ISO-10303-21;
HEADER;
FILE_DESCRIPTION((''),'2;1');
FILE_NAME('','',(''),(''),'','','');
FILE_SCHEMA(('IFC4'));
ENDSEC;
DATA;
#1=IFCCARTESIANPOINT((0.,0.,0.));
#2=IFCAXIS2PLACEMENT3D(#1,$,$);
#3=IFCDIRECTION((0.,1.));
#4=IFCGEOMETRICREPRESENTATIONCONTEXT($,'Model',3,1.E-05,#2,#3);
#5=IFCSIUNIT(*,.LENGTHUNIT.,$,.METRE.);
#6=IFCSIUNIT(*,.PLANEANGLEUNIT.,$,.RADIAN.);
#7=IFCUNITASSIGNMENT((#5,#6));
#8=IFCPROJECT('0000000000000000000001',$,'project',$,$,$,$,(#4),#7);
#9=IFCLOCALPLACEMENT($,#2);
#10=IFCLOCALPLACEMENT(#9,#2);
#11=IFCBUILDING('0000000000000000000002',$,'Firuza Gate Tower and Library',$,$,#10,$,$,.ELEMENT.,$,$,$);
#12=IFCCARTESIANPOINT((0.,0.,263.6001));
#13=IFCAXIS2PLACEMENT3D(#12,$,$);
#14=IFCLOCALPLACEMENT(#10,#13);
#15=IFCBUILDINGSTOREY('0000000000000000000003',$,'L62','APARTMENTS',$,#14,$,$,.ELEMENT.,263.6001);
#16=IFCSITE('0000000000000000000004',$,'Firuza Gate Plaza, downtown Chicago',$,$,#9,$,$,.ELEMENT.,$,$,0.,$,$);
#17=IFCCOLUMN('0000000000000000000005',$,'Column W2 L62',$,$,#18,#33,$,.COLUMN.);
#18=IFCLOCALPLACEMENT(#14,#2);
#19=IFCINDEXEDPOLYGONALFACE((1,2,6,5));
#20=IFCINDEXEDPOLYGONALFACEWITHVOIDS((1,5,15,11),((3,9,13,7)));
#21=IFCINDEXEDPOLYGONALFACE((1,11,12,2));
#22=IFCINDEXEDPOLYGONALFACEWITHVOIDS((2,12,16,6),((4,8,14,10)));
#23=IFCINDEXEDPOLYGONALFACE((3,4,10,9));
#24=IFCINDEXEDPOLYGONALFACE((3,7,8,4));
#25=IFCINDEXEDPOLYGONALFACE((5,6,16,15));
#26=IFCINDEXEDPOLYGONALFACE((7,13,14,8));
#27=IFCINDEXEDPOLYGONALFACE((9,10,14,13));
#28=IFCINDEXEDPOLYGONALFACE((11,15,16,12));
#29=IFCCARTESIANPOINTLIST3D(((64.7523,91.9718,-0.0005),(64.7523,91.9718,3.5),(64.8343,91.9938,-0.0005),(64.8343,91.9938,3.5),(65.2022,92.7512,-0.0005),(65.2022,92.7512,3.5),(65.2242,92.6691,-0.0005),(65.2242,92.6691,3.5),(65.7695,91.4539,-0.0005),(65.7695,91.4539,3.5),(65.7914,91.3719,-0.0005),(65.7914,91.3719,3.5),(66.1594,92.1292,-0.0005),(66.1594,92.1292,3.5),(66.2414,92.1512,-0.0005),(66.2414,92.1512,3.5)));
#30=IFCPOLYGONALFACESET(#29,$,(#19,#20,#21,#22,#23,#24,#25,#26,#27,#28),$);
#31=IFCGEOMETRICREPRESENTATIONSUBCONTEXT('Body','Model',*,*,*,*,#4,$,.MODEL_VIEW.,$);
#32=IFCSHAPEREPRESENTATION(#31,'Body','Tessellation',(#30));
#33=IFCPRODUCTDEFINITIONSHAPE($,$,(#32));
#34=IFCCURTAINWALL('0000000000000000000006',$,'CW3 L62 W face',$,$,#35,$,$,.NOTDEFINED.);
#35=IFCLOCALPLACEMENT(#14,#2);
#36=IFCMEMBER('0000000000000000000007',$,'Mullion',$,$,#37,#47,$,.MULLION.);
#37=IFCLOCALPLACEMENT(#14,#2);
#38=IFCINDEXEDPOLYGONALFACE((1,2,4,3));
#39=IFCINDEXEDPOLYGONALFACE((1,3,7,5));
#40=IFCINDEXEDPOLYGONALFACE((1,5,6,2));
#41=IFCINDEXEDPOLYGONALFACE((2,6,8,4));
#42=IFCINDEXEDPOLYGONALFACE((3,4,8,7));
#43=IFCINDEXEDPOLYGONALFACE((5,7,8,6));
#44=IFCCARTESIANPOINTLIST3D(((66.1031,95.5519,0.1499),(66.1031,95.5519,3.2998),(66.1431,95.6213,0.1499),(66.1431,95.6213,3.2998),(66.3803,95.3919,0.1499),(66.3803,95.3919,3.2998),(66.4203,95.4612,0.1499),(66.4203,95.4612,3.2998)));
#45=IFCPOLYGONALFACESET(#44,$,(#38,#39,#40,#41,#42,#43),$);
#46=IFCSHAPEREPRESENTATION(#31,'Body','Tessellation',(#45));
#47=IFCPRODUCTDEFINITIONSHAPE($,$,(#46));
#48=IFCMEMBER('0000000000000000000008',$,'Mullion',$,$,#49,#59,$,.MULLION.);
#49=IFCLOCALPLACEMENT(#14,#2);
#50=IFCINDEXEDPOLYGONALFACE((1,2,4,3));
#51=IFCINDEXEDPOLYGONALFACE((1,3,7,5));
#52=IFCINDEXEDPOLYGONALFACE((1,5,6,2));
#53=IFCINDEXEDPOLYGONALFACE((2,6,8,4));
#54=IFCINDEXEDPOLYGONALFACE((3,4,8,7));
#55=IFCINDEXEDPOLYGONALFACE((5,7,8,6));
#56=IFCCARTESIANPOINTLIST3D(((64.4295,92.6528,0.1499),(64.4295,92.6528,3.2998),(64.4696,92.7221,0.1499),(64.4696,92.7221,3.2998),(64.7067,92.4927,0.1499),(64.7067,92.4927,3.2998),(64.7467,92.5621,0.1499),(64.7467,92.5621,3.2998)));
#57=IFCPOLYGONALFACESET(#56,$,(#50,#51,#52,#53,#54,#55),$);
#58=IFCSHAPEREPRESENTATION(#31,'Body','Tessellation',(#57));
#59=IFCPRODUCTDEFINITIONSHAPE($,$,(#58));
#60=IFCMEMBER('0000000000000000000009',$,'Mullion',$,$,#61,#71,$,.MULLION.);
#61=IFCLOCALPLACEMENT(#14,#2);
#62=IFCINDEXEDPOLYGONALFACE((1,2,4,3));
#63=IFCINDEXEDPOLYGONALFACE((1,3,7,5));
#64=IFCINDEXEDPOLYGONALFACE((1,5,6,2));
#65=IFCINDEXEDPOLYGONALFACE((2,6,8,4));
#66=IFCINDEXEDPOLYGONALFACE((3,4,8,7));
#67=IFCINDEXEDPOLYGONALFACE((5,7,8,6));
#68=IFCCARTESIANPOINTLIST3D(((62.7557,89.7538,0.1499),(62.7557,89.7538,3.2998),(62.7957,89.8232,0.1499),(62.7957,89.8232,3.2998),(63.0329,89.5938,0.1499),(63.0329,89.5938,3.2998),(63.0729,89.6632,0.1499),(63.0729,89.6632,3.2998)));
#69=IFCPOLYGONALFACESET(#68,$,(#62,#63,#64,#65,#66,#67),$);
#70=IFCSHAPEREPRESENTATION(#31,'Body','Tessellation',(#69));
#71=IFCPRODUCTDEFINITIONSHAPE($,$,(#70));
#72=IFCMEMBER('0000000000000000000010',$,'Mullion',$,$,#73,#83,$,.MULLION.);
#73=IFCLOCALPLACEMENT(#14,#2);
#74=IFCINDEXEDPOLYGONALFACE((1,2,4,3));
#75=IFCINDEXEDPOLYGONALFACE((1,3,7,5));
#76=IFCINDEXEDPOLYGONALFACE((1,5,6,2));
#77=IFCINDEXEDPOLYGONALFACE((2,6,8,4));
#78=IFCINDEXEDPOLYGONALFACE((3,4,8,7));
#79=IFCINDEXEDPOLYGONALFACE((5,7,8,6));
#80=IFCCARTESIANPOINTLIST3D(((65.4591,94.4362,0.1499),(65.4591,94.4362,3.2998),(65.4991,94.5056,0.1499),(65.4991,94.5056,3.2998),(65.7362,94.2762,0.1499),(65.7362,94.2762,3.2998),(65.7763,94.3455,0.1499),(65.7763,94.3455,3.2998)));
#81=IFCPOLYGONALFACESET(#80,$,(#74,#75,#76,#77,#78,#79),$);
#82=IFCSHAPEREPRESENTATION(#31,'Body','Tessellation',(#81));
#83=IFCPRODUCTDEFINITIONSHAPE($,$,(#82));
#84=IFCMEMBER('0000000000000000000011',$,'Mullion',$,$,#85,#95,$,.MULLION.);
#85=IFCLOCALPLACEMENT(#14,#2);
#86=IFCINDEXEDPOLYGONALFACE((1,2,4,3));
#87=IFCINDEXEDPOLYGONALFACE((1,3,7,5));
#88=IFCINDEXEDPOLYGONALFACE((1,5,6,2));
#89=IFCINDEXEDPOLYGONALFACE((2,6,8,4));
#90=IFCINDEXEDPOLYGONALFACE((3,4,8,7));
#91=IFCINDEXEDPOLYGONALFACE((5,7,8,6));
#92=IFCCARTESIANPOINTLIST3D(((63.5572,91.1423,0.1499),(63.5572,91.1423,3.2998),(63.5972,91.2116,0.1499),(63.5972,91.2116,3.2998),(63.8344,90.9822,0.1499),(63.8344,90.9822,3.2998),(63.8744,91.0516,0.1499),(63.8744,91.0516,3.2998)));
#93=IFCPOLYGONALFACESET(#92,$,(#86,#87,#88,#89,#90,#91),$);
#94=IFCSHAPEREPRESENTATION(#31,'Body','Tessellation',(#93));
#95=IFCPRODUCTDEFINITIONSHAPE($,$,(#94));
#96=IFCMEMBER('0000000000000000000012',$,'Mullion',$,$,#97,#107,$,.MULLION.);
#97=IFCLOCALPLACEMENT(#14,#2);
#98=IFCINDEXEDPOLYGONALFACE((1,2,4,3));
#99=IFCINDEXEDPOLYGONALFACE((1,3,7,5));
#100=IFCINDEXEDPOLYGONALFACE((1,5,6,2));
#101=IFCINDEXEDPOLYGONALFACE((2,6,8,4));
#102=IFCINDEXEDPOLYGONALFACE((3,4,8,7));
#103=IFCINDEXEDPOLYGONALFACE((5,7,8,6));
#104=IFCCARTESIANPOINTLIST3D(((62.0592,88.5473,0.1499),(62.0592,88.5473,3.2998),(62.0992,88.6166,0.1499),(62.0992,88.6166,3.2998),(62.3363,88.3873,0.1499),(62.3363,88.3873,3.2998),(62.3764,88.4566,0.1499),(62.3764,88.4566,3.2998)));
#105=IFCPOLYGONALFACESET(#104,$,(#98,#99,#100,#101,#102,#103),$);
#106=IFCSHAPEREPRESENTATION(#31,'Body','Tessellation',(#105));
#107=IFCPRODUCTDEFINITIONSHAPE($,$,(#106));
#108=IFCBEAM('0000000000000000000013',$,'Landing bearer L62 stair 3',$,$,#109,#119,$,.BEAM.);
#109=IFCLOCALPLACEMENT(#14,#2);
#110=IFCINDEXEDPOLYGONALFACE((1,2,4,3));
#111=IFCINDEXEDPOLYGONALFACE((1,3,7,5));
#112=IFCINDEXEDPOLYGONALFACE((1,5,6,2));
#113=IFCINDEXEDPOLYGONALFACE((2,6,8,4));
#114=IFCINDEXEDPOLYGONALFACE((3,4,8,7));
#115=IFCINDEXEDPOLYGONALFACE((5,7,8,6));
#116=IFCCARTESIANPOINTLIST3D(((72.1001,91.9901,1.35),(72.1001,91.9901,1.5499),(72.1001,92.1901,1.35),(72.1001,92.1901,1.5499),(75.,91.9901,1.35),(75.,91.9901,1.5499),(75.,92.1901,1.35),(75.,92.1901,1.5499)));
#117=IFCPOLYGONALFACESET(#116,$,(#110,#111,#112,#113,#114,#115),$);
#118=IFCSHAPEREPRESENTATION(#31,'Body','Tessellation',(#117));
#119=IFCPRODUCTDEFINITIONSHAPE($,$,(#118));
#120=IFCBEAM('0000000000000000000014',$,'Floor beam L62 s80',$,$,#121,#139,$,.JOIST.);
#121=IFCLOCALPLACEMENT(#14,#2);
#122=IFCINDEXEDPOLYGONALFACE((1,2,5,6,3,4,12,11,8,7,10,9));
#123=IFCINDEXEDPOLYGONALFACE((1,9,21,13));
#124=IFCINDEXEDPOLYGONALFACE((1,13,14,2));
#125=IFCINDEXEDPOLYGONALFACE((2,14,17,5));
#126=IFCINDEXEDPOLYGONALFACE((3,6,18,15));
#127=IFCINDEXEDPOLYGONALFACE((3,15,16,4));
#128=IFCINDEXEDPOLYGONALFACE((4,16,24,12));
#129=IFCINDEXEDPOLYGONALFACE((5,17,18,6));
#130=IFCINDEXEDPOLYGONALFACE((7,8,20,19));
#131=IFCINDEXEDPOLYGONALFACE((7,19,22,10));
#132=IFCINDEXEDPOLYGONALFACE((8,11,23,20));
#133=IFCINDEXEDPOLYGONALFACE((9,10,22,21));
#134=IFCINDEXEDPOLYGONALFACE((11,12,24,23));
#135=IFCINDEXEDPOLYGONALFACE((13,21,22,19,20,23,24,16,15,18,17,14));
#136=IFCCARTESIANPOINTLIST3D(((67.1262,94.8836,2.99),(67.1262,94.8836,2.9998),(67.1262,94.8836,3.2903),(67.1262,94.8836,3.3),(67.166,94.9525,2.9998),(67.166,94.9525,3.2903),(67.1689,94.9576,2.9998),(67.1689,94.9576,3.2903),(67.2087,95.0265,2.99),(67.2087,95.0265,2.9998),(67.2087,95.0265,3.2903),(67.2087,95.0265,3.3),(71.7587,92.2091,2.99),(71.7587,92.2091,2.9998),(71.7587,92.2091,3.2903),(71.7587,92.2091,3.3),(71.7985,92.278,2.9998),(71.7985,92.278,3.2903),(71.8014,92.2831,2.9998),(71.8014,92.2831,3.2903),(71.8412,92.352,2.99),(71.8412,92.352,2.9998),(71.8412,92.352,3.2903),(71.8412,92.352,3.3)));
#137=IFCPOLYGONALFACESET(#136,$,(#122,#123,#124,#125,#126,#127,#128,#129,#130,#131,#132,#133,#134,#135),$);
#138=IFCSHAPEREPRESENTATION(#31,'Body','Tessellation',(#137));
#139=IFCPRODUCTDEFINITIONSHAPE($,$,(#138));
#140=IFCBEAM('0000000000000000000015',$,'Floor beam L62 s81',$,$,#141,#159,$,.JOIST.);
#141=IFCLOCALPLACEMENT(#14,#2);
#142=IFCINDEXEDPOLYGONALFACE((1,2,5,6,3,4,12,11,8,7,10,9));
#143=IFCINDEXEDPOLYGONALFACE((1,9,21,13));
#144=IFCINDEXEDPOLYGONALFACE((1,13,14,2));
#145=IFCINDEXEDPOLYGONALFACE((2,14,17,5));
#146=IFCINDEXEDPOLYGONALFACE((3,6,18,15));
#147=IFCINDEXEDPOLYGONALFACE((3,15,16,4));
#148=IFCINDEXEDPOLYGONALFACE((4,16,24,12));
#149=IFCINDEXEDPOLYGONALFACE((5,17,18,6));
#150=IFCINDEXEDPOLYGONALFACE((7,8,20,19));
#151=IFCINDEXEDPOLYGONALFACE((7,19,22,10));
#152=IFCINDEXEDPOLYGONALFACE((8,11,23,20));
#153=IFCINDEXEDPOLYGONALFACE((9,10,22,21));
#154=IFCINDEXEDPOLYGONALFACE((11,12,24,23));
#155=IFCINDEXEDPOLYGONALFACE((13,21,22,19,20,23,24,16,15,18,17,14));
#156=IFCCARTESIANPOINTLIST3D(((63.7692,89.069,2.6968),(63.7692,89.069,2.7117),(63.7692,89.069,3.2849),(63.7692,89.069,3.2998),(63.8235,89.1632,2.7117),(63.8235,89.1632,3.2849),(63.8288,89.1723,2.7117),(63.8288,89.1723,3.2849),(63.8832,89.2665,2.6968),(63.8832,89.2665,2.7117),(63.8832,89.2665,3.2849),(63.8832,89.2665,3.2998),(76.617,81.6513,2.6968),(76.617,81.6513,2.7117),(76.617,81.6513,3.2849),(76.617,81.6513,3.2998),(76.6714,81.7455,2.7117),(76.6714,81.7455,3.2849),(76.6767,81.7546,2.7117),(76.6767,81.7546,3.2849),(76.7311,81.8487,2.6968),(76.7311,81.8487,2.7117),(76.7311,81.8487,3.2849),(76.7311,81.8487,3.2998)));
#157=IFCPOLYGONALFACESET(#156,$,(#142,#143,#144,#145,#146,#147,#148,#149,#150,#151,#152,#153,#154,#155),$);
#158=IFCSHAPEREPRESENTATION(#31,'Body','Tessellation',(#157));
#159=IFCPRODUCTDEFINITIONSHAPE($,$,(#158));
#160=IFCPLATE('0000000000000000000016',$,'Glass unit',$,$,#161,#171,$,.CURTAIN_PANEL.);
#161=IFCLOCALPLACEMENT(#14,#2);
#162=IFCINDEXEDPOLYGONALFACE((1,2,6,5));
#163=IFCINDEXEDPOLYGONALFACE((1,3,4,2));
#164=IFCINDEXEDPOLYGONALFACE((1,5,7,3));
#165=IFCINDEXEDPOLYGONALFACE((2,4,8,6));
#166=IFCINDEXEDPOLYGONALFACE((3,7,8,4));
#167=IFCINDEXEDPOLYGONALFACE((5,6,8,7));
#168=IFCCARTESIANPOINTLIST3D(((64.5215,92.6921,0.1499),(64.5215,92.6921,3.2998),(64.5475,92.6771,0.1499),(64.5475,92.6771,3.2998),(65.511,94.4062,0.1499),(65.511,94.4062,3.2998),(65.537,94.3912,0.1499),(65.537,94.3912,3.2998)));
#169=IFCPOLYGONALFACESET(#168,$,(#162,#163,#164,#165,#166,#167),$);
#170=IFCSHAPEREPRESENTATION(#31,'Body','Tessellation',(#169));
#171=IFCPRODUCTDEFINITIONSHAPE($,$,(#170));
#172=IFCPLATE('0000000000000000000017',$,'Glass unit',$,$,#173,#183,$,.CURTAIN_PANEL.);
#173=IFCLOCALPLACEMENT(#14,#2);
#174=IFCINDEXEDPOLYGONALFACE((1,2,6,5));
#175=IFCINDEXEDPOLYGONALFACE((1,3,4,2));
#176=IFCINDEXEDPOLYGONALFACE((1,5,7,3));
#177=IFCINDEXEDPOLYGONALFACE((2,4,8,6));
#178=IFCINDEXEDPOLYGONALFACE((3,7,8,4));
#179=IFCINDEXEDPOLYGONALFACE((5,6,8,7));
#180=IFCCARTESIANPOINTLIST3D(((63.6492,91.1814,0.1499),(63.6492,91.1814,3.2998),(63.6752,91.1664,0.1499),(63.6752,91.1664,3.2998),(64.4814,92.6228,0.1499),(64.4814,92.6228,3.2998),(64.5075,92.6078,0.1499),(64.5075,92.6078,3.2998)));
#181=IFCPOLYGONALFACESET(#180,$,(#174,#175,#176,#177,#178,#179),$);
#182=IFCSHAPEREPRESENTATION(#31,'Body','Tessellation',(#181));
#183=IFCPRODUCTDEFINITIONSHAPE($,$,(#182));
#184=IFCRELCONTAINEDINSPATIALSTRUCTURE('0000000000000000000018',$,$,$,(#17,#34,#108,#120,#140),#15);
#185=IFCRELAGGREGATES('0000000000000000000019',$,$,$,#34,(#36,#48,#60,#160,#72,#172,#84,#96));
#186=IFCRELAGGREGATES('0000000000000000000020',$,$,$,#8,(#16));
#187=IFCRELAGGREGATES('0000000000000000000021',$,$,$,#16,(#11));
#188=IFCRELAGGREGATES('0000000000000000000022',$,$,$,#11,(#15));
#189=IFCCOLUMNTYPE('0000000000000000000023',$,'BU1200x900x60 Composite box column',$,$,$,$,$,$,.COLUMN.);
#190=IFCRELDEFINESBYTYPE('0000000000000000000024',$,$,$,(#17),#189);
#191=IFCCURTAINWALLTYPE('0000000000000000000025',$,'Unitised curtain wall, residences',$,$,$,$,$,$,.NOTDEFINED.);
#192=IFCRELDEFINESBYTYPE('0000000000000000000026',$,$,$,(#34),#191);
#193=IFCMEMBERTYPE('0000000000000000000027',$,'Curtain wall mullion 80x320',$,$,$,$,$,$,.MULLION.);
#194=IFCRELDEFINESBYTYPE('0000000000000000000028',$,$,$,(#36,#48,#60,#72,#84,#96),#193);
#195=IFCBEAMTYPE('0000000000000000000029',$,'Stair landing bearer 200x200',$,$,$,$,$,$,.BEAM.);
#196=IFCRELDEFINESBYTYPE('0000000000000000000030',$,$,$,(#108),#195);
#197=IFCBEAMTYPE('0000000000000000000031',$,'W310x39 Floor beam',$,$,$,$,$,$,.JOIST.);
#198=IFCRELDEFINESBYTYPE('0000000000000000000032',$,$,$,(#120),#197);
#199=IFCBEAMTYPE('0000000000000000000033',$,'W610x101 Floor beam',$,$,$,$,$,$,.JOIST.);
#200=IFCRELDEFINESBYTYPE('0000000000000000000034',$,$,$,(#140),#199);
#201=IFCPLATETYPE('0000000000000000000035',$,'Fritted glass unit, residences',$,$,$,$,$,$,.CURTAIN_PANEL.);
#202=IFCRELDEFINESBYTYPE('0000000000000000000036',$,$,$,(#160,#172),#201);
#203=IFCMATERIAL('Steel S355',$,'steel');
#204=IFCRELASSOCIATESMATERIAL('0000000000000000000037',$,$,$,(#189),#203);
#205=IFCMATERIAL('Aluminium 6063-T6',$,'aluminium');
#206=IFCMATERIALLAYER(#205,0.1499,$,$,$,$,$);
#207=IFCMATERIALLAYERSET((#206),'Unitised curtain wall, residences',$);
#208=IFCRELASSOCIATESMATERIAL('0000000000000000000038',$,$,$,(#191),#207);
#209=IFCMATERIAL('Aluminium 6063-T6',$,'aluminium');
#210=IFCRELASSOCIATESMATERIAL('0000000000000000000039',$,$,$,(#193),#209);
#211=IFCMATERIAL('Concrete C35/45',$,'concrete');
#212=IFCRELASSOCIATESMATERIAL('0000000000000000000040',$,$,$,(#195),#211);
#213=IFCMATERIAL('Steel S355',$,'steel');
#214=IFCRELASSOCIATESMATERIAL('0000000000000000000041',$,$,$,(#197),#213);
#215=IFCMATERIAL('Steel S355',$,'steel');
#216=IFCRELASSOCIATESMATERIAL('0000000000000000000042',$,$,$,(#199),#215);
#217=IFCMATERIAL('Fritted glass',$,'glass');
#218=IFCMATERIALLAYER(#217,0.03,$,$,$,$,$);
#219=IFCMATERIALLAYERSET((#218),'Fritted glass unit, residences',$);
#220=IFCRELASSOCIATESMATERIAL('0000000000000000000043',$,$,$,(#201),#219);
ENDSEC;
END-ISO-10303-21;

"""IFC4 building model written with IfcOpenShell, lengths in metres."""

from ifc_helpers import new_model, si_unit, direction, frame, origin, origin_2d, place, context, subcontext, project, spatial, polyline, rectangle, hollow_rectangle, i_section, outline, extrude, material, layer, layer_set, material_profile, profile_set, type_object, element, aggregate, save


model = new_model("IFC4")

# Units and contexts
model_context = context("Model", 3, precision=1e-05, world=origin(), true_north=direction((0.0, 1.0)))
body_context = subcontext(model_context, "Body", "Model", "MODEL_VIEW")
ifc_project = project(units=[si_unit("LENGTHUNIT", "METRE"), si_unit("PLANEANGLEUNIT", "RADIAN")], contexts=[model_context])

# Site, building, storey
site_placement = place(None, origin())
site = spatial("IfcSite", under=ifc_project, at=site_placement, Name="Firuza Gate Plaza, downtown Chicago", CompositionType="ELEMENT", RefElevation=0.0)
building_placement = place(site_placement, origin())
building = spatial("IfcBuilding", under=site, at=building_placement, Name="Firuza Gate Tower and Library", CompositionType="ELEMENT")
storey_placement = place(building_placement, frame((0.0, 0.0, 263.6001)))
storey = spatial("IfcBuildingStorey", under=building, at=storey_placement, Name="L62", Description="APARTMENTS", CompositionType="ELEMENT", Elevation=263.6001)

# Column
ifc_material_1 = material(Name="Steel S355", Category="steel")
ifc_material_profile_1 = material_profile(ifc_material_1, hollow_rectangle(XDim=0.8999, YDim=1.2, WallThickness=0.0601, at=origin_2d()))
ifc_profile_set_1 = profile_set([ifc_material_profile_1], Name="Steel S355")
column_type = type_object("IfcColumnType", Name="BU1200x900x60 Composite box column", PredefinedType="COLUMN", material=ifc_profile_set_1)
column_placement = place(storey_placement, frame((65.4968, 92.0615, -0.0005), z_axis=(0.0, 0.0, 1.0), x_axis=(-0.5, -0.866025, 0.0)))
element("IfcColumn", 1, at=column_placement, inside=storey, type_object=column_type, Name="Column W2 L62", PredefinedType="COLUMN", context=body_context, shape_type="SweptSolid", body=[
    extrude(hollow_rectangle(XDim=0.8999, YDim=1.2, WallThickness=0.0601, at=origin_2d()), origin(), (0.0, 0.0, 1.0), 3.5005),
])

# Curtain wall, members
ifc_material_2 = material(Name="Aluminium 6063-T6", Category="aluminium")
ifc_layer_1 = layer(ifc_material_2, 0.1499)
ifc_layer_set_1 = layer_set([ifc_layer_1], Name="Unitised curtain wall, residences")
curtain_wall_type = type_object("IfcCurtainWallType", Name="Unitised curtain wall, residences", PredefinedType="NOTDEFINED", material=ifc_layer_set_1)
placement = place(storey_placement, origin())
curtain_wall = element("IfcCurtainWall", 2, at=placement, inside=storey, type_object=curtain_wall_type, Name="CW3 L62 W face", PredefinedType="NOTDEFINED")
ifc_material_3 = material(Name="Aluminium 6063-T6", Category="aluminium")
ifc_material_profile_2 = material_profile(ifc_material_3, rectangle(XDim=0.3201, YDim=0.0801, at=origin_2d()))
ifc_profile_set_2 = profile_set([ifc_material_profile_2], Name="Aluminium 6063-T6")
member_type = type_object("IfcMemberType", Name="Curtain wall mullion 80x320", PredefinedType="MULLION", material=ifc_profile_set_2)
member_1_placement = place(storey_placement, frame((66.2617, 95.5066, 0.1499), z_axis=(0.0, 0.0, 1.0), x_axis=(0.866025, -0.5, 0.0)))
member_1 = element("IfcMember", 3, at=member_1_placement, type_object=member_type, Name="Mullion", PredefinedType="MULLION", context=body_context, shape_type="SweptSolid", body=[
    extrude(rectangle(XDim=0.3201, YDim=0.0801, at=origin_2d()), origin(), (0.0, 0.0, 1.0), 3.1499),
])
member_2_placement = place(storey_placement, frame((64.5881, 92.6074, 0.1499), z_axis=(0.0, 0.0, 1.0), x_axis=(0.866025, -0.5, 0.0)))
member_2 = element("IfcMember", 4, at=member_2_placement, type_object=member_type, Name="Mullion", PredefinedType="MULLION", context=body_context, shape_type="SweptSolid", body=[
    extrude(rectangle(XDim=0.3201, YDim=0.0801, at=origin_2d()), origin(), (0.0, 0.0, 1.0), 3.1499),
])
member_3_placement = place(storey_placement, frame((62.9143, 89.7085, 0.1499), z_axis=(0.0, 0.0, 1.0), x_axis=(0.866025, -0.5, 0.0)))
member_3 = element("IfcMember", 5, at=member_3_placement, type_object=member_type, Name="Mullion", PredefinedType="MULLION", context=body_context, shape_type="SweptSolid", body=[
    extrude(rectangle(XDim=0.3201, YDim=0.0801, at=origin_2d()), origin(), (0.0, 0.0, 1.0), 3.1499),
])
member_4_placement = place(storey_placement, frame((65.6177, 94.3909, 0.1499), z_axis=(0.0, 0.0, 1.0), x_axis=(0.866025, -0.5, 0.0)))
member_4 = element("IfcMember", 6, at=member_4_placement, type_object=member_type, Name="Mullion", PredefinedType="MULLION", context=body_context, shape_type="SweptSolid", body=[
    extrude(rectangle(XDim=0.3201, YDim=0.0801, at=origin_2d()), origin(), (0.0, 0.0, 1.0), 3.1499),
])
member_5_placement = place(storey_placement, frame((63.7158, 91.0969, 0.1499), z_axis=(0.0, 0.0, 1.0), x_axis=(0.866025, -0.5, 0.0)))
member_5 = element("IfcMember", 7, at=member_5_placement, type_object=member_type, Name="Mullion", PredefinedType="MULLION", context=body_context, shape_type="SweptSolid", body=[
    extrude(rectangle(XDim=0.3201, YDim=0.0801, at=origin_2d()), origin(), (0.0, 0.0, 1.0), 3.1499),
])
member_6_placement = place(storey_placement, frame((62.2178, 88.502, 0.1499), z_axis=(0.0, 0.0, 1.0), x_axis=(0.866025, -0.5, 0.0)))
member_6 = element("IfcMember", 8, at=member_6_placement, type_object=member_type, Name="Mullion", PredefinedType="MULLION", context=body_context, shape_type="SweptSolid", body=[
    extrude(rectangle(XDim=0.3201, YDim=0.0801, at=origin_2d()), origin(), (0.0, 0.0, 1.0), 3.1499),
])

# Beams
ifc_material_4 = material(Name="Concrete C35/45", Category="concrete")
ifc_material_profile_3 = material_profile(ifc_material_4, rectangle(XDim=0.2, YDim=0.2, at=origin_2d()))
ifc_profile_set_3 = profile_set([ifc_material_profile_3], Name="Concrete C35/45")
beam_type_1 = type_object("IfcBeamType", Name="Stair landing bearer 200x200", PredefinedType="BEAM", material=ifc_profile_set_3)
beam_1_placement = place(storey_placement, frame((75.0, 92.0901, 1.45), z_axis=(-1.0, 0.0, 0.0), x_axis=(0.0, -1.0, 0.0)))
element("IfcBeam", 9, at=beam_1_placement, inside=storey, type_object=beam_type_1, Name="Landing bearer L62 stair 3", PredefinedType="BEAM", context=body_context, shape_type="SweptSolid", body=[
    extrude(rectangle(XDim=0.2, YDim=0.2, at=origin_2d()), origin(), (0.0, 0.0, 1.0), 2.8999),
])
ifc_material_5 = material(Name="Steel S355", Category="steel")
ifc_material_profile_4 = material_profile(ifc_material_5, i_section(OverallWidth=0.165, OverallDepth=0.3101, WebThickness=0.0059, FlangeThickness=0.0098, at=origin_2d()))
ifc_profile_set_4 = profile_set([ifc_material_profile_4], Name="Steel S355")
beam_type_2 = type_object("IfcBeamType", Name="W310x39 Floor beam", PredefinedType="JOIST", material=ifc_profile_set_4)
beam_2_placement = place(storey_placement, frame((67.1675, 94.9551, 3.145), z_axis=(0.86603, -0.499992, 0.0), x_axis=(0.499992, 0.86603, 0.0)))
element("IfcBeam", 10, at=beam_2_placement, inside=storey, type_object=beam_type_2, Name="Floor beam L62 s80", PredefinedType="JOIST", context=body_context, shape_type="SweptSolid", body=[
    extrude(i_section(OverallWidth=0.165, OverallDepth=0.3101, WebThickness=0.0059, FlangeThickness=0.0098, at=origin_2d()), origin(), (0.0, 0.0, 1.0), 5.3491),
])
ifc_material_6 = material(Name="Steel S355", Category="steel")
ifc_material_profile_5 = material_profile(ifc_material_6, i_section(OverallWidth=0.228, OverallDepth=0.603, WebThickness=0.0105, FlangeThickness=0.0149, at=origin_2d()))
ifc_profile_set_5 = profile_set([ifc_material_profile_5], Name="Steel S355")
beam_type_3 = type_object("IfcBeamType", Name="W610x101 Floor beam", PredefinedType="JOIST", material=ifc_profile_set_5)
beam_3_placement = place(storey_placement, frame((63.8262, 89.1677, 2.9983), z_axis=(0.866026, -0.499999, 0.0), x_axis=(0.499999, 0.866026, 0.0)))
element("IfcBeam", 11, at=beam_3_placement, inside=storey, type_object=beam_type_3, Name="Floor beam L62 s81", PredefinedType="JOIST", context=body_context, shape_type="SweptSolid", body=[
    extrude(i_section(OverallWidth=0.228, OverallDepth=0.603, WebThickness=0.0105, FlangeThickness=0.0149, at=origin_2d()), origin(), (0.0, 0.0, 1.0), 14.8354),
])

# Plates
ifc_material_7 = material(Name="Fritted glass", Category="glass")
ifc_layer_2 = layer(ifc_material_7, 0.03)
ifc_layer_set_2 = layer_set([ifc_layer_2], Name="Fritted glass unit, residences")
plate_type_1 = type_object("IfcPlateType", Name="Fritted glass unit, residences", PredefinedType="CURTAIN_PANEL", material=ifc_layer_set_2)
plate_1_placement = place(storey_placement, frame((65.511, 94.4062, 0.1499), z_axis=(-0.866056, 0.499947, 0.0), x_axis=(-0.499947, -0.866056, 0.0)))
plate_1 = element("IfcPlate", 12, at=plate_1_placement, type_object=plate_type_1, Name="Glass unit", PredefinedType="CURTAIN_PANEL", context=body_context, shape_type="SweptSolid", body=[
    extrude(outline(polyline([(0.0, 0.0), (1.9792, 0.0), (1.9792, 3.1499), (0.0, 3.1499), (0.0, 0.0)])), origin(), (0.0, 0.0, -1.0), 0.03),
])
plate_2_placement = place(storey_placement, frame((64.4814, 92.6228, 0.1499), z_axis=(-0.866005, 0.500036, 0.0), x_axis=(-0.500036, -0.866005, 0.0)))
plate_2 = element("IfcPlate", 13, at=plate_2_placement, type_object=plate_type_1, Name="Glass unit", PredefinedType="CURTAIN_PANEL", context=body_context, shape_type="SweptSolid", body=[
    extrude(outline(polyline([(0.0, 0.0), (1.6644, 0.0), (1.6644, 3.1499), (0.0, 3.1499), (0.0, 0.0)])), origin(), (0.0, 0.0, -1.0), 0.03),
])
aggregate(curtain_wall, [member_1, member_2, member_3, plate_1, member_4, plate_2, member_5, member_6])

save(model, "model.ifc")
